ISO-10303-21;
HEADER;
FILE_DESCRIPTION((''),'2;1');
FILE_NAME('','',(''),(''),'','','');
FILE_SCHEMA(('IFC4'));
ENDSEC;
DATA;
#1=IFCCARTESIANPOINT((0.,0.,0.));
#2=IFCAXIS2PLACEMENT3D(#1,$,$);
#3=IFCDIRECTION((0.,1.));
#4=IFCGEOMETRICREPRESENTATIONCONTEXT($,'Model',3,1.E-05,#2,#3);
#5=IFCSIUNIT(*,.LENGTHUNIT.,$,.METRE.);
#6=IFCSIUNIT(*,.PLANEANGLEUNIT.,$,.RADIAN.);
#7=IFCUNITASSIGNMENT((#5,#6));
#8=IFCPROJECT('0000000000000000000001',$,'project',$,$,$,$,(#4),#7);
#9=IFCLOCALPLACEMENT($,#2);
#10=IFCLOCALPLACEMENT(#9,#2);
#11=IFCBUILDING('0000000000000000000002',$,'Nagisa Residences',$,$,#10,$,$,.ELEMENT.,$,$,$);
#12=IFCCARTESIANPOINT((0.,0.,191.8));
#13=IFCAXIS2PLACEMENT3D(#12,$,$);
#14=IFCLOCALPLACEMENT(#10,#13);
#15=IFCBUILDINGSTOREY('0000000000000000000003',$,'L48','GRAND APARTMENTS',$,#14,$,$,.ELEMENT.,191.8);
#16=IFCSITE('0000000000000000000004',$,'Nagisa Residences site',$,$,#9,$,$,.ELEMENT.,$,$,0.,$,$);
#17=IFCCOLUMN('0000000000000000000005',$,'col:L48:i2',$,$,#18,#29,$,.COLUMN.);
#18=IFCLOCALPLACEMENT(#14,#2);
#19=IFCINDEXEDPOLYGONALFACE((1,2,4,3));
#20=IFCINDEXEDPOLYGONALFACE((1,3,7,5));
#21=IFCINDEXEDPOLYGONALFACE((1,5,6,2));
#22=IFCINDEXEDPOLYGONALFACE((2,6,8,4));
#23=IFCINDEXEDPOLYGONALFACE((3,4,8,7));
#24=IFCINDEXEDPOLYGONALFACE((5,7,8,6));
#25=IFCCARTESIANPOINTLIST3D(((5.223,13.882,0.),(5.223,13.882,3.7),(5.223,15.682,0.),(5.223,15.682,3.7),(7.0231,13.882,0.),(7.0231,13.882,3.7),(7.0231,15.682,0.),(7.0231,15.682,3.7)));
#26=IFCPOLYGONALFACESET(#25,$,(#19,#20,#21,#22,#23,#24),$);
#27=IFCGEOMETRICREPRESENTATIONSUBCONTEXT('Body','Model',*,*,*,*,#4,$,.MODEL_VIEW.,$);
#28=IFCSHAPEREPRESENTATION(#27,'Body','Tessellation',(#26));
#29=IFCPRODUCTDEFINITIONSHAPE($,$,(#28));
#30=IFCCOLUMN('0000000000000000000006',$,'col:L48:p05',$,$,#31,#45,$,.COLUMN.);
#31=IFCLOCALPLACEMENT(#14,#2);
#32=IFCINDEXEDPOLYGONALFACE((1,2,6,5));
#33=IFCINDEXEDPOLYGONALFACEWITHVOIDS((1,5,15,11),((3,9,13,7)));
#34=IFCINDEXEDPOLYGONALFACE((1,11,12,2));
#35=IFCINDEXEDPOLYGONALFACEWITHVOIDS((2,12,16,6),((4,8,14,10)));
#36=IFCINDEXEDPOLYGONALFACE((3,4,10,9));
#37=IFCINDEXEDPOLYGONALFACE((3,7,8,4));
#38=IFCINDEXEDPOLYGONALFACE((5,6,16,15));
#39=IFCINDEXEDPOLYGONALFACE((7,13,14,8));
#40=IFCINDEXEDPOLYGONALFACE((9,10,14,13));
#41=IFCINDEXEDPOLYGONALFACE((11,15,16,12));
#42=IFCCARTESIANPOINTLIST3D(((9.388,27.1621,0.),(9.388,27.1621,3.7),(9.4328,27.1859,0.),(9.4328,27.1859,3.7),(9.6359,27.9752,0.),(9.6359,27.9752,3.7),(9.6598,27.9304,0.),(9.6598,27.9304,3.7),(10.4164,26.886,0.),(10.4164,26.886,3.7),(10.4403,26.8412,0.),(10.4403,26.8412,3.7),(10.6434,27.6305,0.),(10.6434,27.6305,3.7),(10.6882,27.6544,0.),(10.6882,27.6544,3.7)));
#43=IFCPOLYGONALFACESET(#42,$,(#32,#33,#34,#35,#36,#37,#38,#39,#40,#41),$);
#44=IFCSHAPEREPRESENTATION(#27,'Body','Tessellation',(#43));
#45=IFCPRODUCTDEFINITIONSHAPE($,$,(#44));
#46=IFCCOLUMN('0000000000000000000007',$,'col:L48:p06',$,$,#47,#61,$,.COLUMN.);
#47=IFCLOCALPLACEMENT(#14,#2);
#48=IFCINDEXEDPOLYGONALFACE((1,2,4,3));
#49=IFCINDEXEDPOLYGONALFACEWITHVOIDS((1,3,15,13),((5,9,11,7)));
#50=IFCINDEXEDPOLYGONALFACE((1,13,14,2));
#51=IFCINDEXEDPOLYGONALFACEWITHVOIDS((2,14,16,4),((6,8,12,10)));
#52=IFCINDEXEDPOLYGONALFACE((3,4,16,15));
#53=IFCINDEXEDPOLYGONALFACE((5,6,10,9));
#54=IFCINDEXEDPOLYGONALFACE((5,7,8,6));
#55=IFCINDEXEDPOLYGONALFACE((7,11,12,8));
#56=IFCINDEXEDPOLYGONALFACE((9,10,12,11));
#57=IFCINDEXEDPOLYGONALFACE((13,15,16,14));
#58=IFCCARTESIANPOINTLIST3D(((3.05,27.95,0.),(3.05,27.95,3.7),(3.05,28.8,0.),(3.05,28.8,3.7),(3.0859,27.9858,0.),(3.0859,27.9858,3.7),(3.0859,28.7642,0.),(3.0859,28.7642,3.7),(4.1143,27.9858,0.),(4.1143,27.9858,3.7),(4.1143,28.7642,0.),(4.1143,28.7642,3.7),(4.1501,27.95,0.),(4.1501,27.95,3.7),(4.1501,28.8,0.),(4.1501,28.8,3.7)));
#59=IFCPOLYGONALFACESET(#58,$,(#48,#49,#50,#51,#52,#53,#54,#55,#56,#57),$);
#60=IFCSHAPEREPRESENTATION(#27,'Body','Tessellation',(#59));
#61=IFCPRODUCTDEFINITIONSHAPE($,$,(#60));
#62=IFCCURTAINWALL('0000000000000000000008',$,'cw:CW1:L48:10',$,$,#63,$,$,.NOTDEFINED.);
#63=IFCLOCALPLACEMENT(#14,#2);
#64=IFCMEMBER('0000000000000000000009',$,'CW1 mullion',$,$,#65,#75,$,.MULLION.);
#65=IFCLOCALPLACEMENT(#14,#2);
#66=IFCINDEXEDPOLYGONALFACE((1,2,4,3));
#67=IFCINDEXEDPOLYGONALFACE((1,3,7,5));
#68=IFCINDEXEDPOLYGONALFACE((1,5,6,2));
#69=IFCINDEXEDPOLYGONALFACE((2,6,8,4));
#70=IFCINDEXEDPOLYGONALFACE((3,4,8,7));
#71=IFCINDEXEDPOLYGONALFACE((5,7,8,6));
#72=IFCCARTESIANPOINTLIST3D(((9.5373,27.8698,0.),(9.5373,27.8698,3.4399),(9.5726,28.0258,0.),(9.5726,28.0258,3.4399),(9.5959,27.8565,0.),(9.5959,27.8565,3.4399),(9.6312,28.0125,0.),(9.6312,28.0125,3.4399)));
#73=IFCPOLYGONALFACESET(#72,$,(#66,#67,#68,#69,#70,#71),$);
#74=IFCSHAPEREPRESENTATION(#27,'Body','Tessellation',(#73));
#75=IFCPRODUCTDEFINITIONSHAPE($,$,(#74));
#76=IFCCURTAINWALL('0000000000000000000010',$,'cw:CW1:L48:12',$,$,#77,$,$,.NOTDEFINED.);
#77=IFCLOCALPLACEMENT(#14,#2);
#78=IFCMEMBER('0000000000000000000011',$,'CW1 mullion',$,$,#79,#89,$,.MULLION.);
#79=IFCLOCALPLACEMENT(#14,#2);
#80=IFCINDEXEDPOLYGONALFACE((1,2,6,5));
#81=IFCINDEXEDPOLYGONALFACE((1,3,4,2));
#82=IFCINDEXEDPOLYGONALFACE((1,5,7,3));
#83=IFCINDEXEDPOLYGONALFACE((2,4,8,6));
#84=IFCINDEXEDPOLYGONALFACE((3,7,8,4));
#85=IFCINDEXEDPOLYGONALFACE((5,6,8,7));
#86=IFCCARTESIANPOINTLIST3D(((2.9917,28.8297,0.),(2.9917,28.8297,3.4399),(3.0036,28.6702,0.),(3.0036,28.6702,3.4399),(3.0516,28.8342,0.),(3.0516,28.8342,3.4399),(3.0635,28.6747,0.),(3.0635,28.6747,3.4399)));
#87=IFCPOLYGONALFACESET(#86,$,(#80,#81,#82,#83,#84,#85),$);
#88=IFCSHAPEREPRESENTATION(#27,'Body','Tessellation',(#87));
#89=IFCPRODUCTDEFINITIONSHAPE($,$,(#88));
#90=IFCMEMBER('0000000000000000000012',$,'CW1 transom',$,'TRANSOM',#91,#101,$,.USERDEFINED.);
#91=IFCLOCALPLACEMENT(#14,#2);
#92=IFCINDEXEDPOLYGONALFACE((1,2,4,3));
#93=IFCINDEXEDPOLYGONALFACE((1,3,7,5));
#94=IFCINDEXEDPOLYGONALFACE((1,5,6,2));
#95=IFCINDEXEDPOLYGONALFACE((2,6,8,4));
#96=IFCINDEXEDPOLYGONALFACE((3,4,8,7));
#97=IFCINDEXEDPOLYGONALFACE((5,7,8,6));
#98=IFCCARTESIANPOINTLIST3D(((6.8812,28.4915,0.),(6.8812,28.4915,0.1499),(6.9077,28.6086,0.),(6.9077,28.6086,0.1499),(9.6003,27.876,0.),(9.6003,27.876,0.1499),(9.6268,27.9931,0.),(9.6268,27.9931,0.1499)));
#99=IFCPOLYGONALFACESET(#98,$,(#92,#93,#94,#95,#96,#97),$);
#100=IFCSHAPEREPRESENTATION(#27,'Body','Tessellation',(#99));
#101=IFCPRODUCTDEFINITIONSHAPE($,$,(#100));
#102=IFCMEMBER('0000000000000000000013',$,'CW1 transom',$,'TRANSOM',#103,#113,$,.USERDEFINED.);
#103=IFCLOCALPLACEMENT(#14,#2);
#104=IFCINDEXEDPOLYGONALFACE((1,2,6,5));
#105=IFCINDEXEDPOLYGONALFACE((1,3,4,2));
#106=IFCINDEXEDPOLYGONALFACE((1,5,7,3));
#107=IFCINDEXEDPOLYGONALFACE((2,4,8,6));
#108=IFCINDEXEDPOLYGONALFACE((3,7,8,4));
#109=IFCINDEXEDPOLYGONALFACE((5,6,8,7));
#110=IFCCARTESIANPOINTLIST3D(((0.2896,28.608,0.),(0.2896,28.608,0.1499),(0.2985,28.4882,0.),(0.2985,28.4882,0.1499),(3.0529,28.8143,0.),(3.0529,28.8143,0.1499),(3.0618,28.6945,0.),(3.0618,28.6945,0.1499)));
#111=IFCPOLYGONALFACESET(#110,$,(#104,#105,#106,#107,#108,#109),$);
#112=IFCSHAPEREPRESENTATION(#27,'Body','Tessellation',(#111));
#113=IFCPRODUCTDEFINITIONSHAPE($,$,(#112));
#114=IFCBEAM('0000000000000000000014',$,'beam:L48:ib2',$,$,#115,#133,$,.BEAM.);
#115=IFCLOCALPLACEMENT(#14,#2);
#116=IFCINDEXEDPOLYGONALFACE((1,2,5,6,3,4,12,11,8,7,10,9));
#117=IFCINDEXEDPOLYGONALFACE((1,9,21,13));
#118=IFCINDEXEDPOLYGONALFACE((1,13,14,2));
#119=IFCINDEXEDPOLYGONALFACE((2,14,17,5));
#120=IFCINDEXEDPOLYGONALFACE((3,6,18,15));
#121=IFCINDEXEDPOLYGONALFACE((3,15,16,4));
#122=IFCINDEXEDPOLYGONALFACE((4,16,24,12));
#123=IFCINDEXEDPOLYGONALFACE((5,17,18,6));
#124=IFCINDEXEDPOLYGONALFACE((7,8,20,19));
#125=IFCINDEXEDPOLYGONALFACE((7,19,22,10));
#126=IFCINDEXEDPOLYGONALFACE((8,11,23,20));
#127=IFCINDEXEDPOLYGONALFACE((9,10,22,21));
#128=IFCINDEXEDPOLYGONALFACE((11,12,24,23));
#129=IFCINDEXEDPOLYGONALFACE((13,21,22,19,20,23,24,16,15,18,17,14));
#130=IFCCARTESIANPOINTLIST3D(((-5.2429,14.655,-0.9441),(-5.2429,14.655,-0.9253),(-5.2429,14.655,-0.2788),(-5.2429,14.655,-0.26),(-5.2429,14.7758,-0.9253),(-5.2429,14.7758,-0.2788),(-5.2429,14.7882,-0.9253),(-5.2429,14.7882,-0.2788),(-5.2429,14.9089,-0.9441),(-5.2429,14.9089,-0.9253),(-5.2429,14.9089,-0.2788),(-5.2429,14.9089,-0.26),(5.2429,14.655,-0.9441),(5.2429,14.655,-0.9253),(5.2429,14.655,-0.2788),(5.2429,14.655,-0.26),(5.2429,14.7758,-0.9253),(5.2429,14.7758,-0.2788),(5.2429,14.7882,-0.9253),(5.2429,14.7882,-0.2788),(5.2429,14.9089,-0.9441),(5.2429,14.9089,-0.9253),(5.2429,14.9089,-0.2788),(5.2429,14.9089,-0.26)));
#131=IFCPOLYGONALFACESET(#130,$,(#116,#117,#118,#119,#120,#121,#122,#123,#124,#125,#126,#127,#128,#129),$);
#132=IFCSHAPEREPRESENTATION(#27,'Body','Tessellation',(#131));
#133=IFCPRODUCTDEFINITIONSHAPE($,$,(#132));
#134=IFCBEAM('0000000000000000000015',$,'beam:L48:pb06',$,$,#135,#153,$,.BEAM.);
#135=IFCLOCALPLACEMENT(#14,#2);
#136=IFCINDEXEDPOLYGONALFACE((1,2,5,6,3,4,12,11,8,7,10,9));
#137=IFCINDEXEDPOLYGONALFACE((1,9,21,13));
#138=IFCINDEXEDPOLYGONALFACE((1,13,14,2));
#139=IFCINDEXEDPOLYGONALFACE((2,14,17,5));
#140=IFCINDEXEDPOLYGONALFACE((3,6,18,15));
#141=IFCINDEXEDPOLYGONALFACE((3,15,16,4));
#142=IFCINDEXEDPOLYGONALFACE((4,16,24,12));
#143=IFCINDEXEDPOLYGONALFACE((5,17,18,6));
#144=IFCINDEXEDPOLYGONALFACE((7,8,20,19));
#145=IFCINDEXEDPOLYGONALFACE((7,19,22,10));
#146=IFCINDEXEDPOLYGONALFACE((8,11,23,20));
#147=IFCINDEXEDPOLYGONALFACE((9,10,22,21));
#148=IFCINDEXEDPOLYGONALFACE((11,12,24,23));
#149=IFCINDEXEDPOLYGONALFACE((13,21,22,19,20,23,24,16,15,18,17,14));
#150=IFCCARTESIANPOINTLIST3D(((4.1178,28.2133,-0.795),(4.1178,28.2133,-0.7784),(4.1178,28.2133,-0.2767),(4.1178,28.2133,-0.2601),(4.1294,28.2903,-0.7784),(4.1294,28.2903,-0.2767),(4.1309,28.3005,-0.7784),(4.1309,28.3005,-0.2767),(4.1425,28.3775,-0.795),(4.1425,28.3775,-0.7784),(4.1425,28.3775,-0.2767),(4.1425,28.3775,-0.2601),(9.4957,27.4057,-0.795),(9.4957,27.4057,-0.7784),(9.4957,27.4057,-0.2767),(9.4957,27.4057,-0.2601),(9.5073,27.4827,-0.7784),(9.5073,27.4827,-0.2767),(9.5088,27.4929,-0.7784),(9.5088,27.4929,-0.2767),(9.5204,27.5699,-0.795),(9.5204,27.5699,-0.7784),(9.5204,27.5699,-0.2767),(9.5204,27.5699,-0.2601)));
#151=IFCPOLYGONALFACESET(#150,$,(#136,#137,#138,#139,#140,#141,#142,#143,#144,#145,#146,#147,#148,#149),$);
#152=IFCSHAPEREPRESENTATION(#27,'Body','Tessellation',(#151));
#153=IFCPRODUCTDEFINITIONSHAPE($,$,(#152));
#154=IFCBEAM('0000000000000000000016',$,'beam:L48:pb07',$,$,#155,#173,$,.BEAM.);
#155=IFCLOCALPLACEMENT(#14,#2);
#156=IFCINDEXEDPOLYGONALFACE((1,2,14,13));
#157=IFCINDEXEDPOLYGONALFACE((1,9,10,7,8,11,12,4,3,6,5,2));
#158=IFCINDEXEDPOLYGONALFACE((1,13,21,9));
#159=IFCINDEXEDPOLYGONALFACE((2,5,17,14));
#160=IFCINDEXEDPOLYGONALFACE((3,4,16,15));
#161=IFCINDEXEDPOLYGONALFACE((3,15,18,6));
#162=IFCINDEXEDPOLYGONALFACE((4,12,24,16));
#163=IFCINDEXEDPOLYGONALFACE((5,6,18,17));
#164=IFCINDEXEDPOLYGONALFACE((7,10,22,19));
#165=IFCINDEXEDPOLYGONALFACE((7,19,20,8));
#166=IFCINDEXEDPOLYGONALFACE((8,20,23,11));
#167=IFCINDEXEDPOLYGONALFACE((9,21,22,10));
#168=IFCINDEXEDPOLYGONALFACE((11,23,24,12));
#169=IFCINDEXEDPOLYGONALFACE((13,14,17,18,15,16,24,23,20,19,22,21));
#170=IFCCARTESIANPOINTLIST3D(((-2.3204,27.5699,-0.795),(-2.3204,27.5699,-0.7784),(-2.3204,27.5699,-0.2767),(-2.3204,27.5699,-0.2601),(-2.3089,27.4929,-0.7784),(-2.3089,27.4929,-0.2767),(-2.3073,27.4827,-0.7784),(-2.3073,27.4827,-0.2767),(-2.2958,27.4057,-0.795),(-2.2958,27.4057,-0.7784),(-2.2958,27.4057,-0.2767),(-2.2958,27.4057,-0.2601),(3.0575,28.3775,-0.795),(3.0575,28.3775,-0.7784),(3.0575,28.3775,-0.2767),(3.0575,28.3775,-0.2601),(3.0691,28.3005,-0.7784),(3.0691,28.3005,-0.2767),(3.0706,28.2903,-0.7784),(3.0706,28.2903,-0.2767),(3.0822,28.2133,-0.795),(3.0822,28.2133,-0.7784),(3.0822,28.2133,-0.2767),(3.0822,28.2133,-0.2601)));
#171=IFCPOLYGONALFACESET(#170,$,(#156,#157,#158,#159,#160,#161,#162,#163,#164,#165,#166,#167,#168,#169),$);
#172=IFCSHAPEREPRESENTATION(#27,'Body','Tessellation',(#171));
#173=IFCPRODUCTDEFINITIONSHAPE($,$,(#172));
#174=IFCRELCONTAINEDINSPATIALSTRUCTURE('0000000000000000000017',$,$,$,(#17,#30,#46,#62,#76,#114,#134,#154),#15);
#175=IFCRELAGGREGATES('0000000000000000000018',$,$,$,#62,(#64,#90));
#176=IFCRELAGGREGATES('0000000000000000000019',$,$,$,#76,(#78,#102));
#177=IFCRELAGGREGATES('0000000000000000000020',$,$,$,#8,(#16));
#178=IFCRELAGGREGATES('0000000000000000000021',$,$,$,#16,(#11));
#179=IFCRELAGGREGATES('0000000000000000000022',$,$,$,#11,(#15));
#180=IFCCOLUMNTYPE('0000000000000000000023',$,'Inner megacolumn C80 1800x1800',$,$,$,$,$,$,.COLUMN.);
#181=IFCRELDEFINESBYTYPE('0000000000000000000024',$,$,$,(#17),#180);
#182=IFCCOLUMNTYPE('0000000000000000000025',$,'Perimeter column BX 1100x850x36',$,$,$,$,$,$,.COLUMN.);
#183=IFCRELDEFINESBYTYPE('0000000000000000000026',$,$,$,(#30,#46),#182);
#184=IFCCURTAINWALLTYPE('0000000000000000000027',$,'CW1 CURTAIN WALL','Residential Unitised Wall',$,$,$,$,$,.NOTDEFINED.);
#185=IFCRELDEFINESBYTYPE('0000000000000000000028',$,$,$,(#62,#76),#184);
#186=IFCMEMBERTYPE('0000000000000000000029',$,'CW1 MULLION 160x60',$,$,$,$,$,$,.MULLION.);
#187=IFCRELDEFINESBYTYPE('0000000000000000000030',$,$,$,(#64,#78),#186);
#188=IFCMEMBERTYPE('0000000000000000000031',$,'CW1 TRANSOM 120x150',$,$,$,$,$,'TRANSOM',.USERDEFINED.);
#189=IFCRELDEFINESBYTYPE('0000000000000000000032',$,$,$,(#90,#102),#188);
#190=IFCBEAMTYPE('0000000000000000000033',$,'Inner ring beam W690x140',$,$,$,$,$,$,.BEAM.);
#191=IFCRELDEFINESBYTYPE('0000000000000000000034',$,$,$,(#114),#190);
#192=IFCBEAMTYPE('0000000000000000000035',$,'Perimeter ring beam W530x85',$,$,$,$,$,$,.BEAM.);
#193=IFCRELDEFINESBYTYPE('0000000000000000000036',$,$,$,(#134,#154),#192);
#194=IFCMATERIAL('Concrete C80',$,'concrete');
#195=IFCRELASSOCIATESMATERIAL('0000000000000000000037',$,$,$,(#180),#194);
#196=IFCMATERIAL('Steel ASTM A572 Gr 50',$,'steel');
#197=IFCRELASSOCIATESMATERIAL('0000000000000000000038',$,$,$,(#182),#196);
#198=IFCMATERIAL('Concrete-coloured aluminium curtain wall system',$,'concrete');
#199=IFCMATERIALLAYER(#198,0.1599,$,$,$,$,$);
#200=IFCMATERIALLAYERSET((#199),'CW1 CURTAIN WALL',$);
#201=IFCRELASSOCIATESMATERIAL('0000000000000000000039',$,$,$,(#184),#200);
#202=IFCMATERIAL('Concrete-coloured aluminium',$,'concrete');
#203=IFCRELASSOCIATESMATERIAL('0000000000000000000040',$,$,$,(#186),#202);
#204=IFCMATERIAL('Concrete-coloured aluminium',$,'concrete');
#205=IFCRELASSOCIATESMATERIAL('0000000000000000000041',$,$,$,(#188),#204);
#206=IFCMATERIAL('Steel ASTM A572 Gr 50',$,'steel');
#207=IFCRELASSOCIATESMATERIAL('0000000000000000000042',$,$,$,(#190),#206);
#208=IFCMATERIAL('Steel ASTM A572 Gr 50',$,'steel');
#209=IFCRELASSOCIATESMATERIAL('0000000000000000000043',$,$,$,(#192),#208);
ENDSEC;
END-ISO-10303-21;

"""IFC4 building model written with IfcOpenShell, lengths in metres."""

from ifc_helpers import new_model, si_unit, direction, frame, origin, origin_2d, place, context, subcontext, project, spatial, rectangle, hollow_rectangle, i_section, extrude, material, layer, layer_set, material_profile, profile_set, type_object, element, aggregate, save


model = new_model("IFC4")

# Units and contexts
model_context = context("Model", 3, precision=1e-05, world=origin(), true_north=direction((0.0, 1.0)))
body_context = subcontext(model_context, "Body", "Model", "MODEL_VIEW")
ifc_project = project(units=[si_unit("LENGTHUNIT", "METRE"), si_unit("PLANEANGLEUNIT", "RADIAN")], contexts=[model_context])

# Site, building, storey
site_placement = place(None, origin())
site = spatial("IfcSite", under=ifc_project, at=site_placement, Name="Nagisa Residences site", CompositionType="ELEMENT", RefElevation=0.0)
building_placement = place(site_placement, origin())
building = spatial("IfcBuilding", under=site, at=building_placement, Name="Nagisa Residences", CompositionType="ELEMENT")
storey_placement = place(building_placement, frame((0.0, 0.0, 191.8)))
storey = spatial("IfcBuildingStorey", under=building, at=storey_placement, Name="L48", Description="GRAND APARTMENTS", CompositionType="ELEMENT", Elevation=191.8)

# Columns
ifc_material_1 = material(Name="Concrete C80", Category="concrete")
ifc_material_profile_1 = material_profile(ifc_material_1, rectangle(XDim=1.8, YDim=1.8, at=origin_2d()), Name="C80 1800x1800")
ifc_profile_set_1 = profile_set([ifc_material_profile_1], Name="Concrete C80")
column_type_1 = type_object("IfcColumnType", Name="Inner megacolumn C80 1800x1800", PredefinedType="COLUMN", material=ifc_profile_set_1)
column_placement = place(storey_placement, frame((6.123, 14.782, 0.0), z_axis=(0.0, 0.0, 1.0), x_axis=(1.0, 0.0, 0.0)))
element("IfcColumn", 1, at=column_placement, inside=storey, type_object=column_type_1, Name="col:L48:i2", PredefinedType="COLUMN", context=body_context, shape_type="SweptSolid", body=[
    extrude(rectangle(XDim=1.8, YDim=1.8, at=origin_2d()), origin(), (0.0, 0.0, 1.0), 3.7),
])
ifc_material_2 = material(Name="Steel ASTM A572 Gr 50", Category="steel")
ifc_material_profile_2 = material_profile(ifc_material_2, hollow_rectangle(XDim=1.1001, YDim=0.8501, WallThickness=0.0359, at=origin_2d()), Name="BX 1100x850x36")
ifc_profile_set_2 = profile_set([ifc_material_profile_2], Name="Steel ASTM A572 Gr 50")
column_type_2 = type_object("IfcColumnType", Name="Perimeter column BX 1100x850x36", PredefinedType="COLUMN", material=ifc_profile_set_2)
for number, where, z_axis, x_axis, name in (
    (2, (10.0381, 27.4082, 0.0), (0.0, 0.0, 1.0), (-0.956525, 0.291652, 0.0), "col:L48:p05"),
    (3, (3.6001, 28.375, 0.0), (0.0, 0.0, 1.0), (-1.0, 0.0, 0.0), "col:L48:p06"),
):
    element("IfcColumn", number, at=place(storey_placement, frame(where, z_axis=z_axis, x_axis=x_axis)), inside=storey, type_object=column_type_2, Name=name, PredefinedType="COLUMN", context=body_context, shape_type="SweptSolid", body=[
        extrude(hollow_rectangle(XDim=1.1001, YDim=0.8501, WallThickness=0.0359, at=origin_2d()), origin(), (0.0, 0.0, 1.0), 3.7),
    ])

# Curtain walls, members
ifc_material_3 = material(Name="Concrete-coloured aluminium curtain wall system", Category="concrete")
ifc_layer_1 = layer(ifc_material_3, 0.1599)
ifc_layer_set_1 = layer_set([ifc_layer_1], Name="CW1 CURTAIN WALL")
curtain_wall_type = type_object("IfcCurtainWallType", Name="CW1 CURTAIN WALL", Description="Residential Unitised Wall", PredefinedType="NOTDEFINED", material=ifc_layer_set_1)
curtain_wall_1_placement = place(storey_placement, origin())
curtain_wall_1 = element("IfcCurtainWall", 4, at=curtain_wall_1_placement, inside=storey, type_object=curtain_wall_type, Name="cw:CW1:L48:10", PredefinedType="NOTDEFINED")
ifc_material_4 = material(Name="Concrete-coloured aluminium", Category="concrete")
ifc_material_profile_3 = material_profile(ifc_material_4, rectangle(XDim=0.1599, YDim=0.0601, at=origin_2d()), Name="CW1 MULLION 160x60")
ifc_profile_set_3 = profile_set([ifc_material_profile_3], Name="Concrete-coloured aluminium")
member_type_1 = type_object("IfcMemberType", Name="CW1 MULLION 160x60", PredefinedType="MULLION", material=ifc_profile_set_3)
member_1_placement = place(storey_placement, frame((9.5842, 27.9412, 0.0), z_axis=(0.0, 0.0, 1.0), x_axis=(-0.220764, -0.975327, 0.0)))
member_1 = element("IfcMember", 5, at=member_1_placement, type_object=member_type_1, Name="CW1 mullion", PredefinedType="MULLION", context=body_context, shape_type="SweptSolid", body=[
    extrude(rectangle(XDim=0.1599, YDim=0.0601, at=origin_2d()), origin(), (0.0, 0.0, 1.0), 3.4399),
])
curtain_wall_2_placement = place(storey_placement, origin())
curtain_wall_2 = element("IfcCurtainWall", 6, at=curtain_wall_2_placement, inside=storey, type_object=curtain_wall_type, Name="cw:CW1:L48:12", PredefinedType="NOTDEFINED")
member_2_placement = place(storey_placement, frame((3.0276, 28.7522, 0.0), z_axis=(0.0, 0.0, 1.0), x_axis=(0.074377, -0.99723, 0.0)))
member_2 = element("IfcMember", 7, at=member_2_placement, type_object=member_type_1, Name="CW1 mullion", PredefinedType="MULLION", context=body_context, shape_type="SweptSolid", body=[
    extrude(rectangle(XDim=0.1599, YDim=0.0601, at=origin_2d()), origin(), (0.0, 0.0, 1.0), 3.4399),
])

# Members
ifc_material_5 = material(Name="Concrete-coloured aluminium", Category="concrete")
ifc_material_profile_4 = material_profile(ifc_material_5, rectangle(XDim=0.1201, YDim=0.1499, at=origin_2d()), Name="CW1 TRANSOM 120x150")
ifc_profile_set_4 = profile_set([ifc_material_profile_4], Name="Concrete-coloured aluminium")
member_type_2 = type_object("IfcMemberType", Name="CW1 TRANSOM 120x150", ElementType="TRANSOM", PredefinedType="USERDEFINED", material=ifc_profile_set_4)
member_3_placement = place(storey_placement, frame((9.6135, 27.9346, 0.075), z_axis=(-0.975324, 0.220777, 0.0), x_axis=(-0.220777, -0.975324, 0.0)))
member_3 = element("IfcMember", 8, at=member_3_placement, type_object=member_type_2, Name="CW1 transom", ObjectType="TRANSOM", PredefinedType="USERDEFINED", context=body_context, shape_type="SweptSolid", body=[
    extrude(rectangle(XDim=0.1201, YDim=0.1499, at=origin_2d()), origin(), (0.0, 0.0, 1.0), 2.7878),
])
member_4_placement = place(storey_placement, frame((3.0574, 28.7544, 0.075), z_axis=(-0.997225, -0.074446, 0.0), x_axis=(0.074446, -0.997225, 0.0)))
member_4 = element("IfcMember", 9, at=member_4_placement, type_object=member_type_2, Name="CW1 transom", ObjectType="TRANSOM", PredefinedType="USERDEFINED", context=body_context, shape_type="SweptSolid", body=[
    extrude(rectangle(XDim=0.1201, YDim=0.1499, at=origin_2d()), origin(), (0.0, 0.0, 1.0), 2.771),
])

# Beams
ifc_material_6 = material(Name="Steel ASTM A572 Gr 50", Category="steel")
ifc_material_profile_5 = material_profile(ifc_material_6, i_section(OverallWidth=0.2539, OverallDepth=0.6841, WebThickness=0.0125, FlangeThickness=0.0188, at=origin_2d()), Name="W690x140")
ifc_profile_set_5 = profile_set([ifc_material_profile_5], Name="Steel ASTM A572 Gr 50")
beam_type_1 = type_object("IfcBeamType", Name="Inner ring beam W690x140", PredefinedType="BEAM", material=ifc_profile_set_5)
beam_1_placement = place(storey_placement, frame((5.2429, 14.782, -0.6021), z_axis=(-1.0, 0.0, 0.0), x_axis=(0.0, -1.0, 0.0)))
element("IfcBeam", 10, at=beam_1_placement, inside=storey, type_object=beam_type_1, Name="beam:L48:ib2", PredefinedType="BEAM", context=body_context, shape_type="SweptSolid", body=[
    extrude(i_section(OverallWidth=0.2539, OverallDepth=0.6841, WebThickness=0.0125, FlangeThickness=0.0188, at=origin_2d()), origin(), (0.0, 0.0, 1.0), 10.4858),
])
ifc_material_7 = material(Name="Steel ASTM A572 Gr 50", Category="steel")
ifc_material_profile_6 = material_profile(ifc_material_7, i_section(OverallWidth=0.166, OverallDepth=0.5349, WebThickness=0.0103, FlangeThickness=0.0166, at=origin_2d()), Name="W530x85")
ifc_profile_set_6 = profile_set([ifc_material_profile_6], Name="Steel ASTM A572 Gr 50")
beam_type_2 = type_object("IfcBeamType", Name="Perimeter ring beam W530x85", PredefinedType="BEAM", material=ifc_profile_set_6)
for number, where, z_axis, x_axis, name in (
    (11, (9.5081, 27.4878, -0.5276), (-0.988911, 0.148507, 0.0), (-0.148507, -0.988911, 0.0), "beam:L48:pb06"),
    (12, (3.0698, 28.2954, -0.5276), (-0.988911, -0.148507, 0.0), (0.148507, -0.988911, 0.0), "beam:L48:pb07"),
):
    element("IfcBeam", number, at=place(storey_placement, frame(where, z_axis=z_axis, x_axis=x_axis)), inside=storey, type_object=beam_type_2, Name=name, PredefinedType="BEAM", context=body_context, shape_type="SweptSolid", body=[
        extrude(i_section(OverallWidth=0.166, OverallDepth=0.5349, WebThickness=0.0103, FlangeThickness=0.0166, at=origin_2d()), origin(), (0.0, 0.0, 1.0), 5.4382),
    ])

aggregate(curtain_wall_1, [member_1, member_3])
aggregate(curtain_wall_2, [member_2, member_4])

save(model, "model.ifc")
